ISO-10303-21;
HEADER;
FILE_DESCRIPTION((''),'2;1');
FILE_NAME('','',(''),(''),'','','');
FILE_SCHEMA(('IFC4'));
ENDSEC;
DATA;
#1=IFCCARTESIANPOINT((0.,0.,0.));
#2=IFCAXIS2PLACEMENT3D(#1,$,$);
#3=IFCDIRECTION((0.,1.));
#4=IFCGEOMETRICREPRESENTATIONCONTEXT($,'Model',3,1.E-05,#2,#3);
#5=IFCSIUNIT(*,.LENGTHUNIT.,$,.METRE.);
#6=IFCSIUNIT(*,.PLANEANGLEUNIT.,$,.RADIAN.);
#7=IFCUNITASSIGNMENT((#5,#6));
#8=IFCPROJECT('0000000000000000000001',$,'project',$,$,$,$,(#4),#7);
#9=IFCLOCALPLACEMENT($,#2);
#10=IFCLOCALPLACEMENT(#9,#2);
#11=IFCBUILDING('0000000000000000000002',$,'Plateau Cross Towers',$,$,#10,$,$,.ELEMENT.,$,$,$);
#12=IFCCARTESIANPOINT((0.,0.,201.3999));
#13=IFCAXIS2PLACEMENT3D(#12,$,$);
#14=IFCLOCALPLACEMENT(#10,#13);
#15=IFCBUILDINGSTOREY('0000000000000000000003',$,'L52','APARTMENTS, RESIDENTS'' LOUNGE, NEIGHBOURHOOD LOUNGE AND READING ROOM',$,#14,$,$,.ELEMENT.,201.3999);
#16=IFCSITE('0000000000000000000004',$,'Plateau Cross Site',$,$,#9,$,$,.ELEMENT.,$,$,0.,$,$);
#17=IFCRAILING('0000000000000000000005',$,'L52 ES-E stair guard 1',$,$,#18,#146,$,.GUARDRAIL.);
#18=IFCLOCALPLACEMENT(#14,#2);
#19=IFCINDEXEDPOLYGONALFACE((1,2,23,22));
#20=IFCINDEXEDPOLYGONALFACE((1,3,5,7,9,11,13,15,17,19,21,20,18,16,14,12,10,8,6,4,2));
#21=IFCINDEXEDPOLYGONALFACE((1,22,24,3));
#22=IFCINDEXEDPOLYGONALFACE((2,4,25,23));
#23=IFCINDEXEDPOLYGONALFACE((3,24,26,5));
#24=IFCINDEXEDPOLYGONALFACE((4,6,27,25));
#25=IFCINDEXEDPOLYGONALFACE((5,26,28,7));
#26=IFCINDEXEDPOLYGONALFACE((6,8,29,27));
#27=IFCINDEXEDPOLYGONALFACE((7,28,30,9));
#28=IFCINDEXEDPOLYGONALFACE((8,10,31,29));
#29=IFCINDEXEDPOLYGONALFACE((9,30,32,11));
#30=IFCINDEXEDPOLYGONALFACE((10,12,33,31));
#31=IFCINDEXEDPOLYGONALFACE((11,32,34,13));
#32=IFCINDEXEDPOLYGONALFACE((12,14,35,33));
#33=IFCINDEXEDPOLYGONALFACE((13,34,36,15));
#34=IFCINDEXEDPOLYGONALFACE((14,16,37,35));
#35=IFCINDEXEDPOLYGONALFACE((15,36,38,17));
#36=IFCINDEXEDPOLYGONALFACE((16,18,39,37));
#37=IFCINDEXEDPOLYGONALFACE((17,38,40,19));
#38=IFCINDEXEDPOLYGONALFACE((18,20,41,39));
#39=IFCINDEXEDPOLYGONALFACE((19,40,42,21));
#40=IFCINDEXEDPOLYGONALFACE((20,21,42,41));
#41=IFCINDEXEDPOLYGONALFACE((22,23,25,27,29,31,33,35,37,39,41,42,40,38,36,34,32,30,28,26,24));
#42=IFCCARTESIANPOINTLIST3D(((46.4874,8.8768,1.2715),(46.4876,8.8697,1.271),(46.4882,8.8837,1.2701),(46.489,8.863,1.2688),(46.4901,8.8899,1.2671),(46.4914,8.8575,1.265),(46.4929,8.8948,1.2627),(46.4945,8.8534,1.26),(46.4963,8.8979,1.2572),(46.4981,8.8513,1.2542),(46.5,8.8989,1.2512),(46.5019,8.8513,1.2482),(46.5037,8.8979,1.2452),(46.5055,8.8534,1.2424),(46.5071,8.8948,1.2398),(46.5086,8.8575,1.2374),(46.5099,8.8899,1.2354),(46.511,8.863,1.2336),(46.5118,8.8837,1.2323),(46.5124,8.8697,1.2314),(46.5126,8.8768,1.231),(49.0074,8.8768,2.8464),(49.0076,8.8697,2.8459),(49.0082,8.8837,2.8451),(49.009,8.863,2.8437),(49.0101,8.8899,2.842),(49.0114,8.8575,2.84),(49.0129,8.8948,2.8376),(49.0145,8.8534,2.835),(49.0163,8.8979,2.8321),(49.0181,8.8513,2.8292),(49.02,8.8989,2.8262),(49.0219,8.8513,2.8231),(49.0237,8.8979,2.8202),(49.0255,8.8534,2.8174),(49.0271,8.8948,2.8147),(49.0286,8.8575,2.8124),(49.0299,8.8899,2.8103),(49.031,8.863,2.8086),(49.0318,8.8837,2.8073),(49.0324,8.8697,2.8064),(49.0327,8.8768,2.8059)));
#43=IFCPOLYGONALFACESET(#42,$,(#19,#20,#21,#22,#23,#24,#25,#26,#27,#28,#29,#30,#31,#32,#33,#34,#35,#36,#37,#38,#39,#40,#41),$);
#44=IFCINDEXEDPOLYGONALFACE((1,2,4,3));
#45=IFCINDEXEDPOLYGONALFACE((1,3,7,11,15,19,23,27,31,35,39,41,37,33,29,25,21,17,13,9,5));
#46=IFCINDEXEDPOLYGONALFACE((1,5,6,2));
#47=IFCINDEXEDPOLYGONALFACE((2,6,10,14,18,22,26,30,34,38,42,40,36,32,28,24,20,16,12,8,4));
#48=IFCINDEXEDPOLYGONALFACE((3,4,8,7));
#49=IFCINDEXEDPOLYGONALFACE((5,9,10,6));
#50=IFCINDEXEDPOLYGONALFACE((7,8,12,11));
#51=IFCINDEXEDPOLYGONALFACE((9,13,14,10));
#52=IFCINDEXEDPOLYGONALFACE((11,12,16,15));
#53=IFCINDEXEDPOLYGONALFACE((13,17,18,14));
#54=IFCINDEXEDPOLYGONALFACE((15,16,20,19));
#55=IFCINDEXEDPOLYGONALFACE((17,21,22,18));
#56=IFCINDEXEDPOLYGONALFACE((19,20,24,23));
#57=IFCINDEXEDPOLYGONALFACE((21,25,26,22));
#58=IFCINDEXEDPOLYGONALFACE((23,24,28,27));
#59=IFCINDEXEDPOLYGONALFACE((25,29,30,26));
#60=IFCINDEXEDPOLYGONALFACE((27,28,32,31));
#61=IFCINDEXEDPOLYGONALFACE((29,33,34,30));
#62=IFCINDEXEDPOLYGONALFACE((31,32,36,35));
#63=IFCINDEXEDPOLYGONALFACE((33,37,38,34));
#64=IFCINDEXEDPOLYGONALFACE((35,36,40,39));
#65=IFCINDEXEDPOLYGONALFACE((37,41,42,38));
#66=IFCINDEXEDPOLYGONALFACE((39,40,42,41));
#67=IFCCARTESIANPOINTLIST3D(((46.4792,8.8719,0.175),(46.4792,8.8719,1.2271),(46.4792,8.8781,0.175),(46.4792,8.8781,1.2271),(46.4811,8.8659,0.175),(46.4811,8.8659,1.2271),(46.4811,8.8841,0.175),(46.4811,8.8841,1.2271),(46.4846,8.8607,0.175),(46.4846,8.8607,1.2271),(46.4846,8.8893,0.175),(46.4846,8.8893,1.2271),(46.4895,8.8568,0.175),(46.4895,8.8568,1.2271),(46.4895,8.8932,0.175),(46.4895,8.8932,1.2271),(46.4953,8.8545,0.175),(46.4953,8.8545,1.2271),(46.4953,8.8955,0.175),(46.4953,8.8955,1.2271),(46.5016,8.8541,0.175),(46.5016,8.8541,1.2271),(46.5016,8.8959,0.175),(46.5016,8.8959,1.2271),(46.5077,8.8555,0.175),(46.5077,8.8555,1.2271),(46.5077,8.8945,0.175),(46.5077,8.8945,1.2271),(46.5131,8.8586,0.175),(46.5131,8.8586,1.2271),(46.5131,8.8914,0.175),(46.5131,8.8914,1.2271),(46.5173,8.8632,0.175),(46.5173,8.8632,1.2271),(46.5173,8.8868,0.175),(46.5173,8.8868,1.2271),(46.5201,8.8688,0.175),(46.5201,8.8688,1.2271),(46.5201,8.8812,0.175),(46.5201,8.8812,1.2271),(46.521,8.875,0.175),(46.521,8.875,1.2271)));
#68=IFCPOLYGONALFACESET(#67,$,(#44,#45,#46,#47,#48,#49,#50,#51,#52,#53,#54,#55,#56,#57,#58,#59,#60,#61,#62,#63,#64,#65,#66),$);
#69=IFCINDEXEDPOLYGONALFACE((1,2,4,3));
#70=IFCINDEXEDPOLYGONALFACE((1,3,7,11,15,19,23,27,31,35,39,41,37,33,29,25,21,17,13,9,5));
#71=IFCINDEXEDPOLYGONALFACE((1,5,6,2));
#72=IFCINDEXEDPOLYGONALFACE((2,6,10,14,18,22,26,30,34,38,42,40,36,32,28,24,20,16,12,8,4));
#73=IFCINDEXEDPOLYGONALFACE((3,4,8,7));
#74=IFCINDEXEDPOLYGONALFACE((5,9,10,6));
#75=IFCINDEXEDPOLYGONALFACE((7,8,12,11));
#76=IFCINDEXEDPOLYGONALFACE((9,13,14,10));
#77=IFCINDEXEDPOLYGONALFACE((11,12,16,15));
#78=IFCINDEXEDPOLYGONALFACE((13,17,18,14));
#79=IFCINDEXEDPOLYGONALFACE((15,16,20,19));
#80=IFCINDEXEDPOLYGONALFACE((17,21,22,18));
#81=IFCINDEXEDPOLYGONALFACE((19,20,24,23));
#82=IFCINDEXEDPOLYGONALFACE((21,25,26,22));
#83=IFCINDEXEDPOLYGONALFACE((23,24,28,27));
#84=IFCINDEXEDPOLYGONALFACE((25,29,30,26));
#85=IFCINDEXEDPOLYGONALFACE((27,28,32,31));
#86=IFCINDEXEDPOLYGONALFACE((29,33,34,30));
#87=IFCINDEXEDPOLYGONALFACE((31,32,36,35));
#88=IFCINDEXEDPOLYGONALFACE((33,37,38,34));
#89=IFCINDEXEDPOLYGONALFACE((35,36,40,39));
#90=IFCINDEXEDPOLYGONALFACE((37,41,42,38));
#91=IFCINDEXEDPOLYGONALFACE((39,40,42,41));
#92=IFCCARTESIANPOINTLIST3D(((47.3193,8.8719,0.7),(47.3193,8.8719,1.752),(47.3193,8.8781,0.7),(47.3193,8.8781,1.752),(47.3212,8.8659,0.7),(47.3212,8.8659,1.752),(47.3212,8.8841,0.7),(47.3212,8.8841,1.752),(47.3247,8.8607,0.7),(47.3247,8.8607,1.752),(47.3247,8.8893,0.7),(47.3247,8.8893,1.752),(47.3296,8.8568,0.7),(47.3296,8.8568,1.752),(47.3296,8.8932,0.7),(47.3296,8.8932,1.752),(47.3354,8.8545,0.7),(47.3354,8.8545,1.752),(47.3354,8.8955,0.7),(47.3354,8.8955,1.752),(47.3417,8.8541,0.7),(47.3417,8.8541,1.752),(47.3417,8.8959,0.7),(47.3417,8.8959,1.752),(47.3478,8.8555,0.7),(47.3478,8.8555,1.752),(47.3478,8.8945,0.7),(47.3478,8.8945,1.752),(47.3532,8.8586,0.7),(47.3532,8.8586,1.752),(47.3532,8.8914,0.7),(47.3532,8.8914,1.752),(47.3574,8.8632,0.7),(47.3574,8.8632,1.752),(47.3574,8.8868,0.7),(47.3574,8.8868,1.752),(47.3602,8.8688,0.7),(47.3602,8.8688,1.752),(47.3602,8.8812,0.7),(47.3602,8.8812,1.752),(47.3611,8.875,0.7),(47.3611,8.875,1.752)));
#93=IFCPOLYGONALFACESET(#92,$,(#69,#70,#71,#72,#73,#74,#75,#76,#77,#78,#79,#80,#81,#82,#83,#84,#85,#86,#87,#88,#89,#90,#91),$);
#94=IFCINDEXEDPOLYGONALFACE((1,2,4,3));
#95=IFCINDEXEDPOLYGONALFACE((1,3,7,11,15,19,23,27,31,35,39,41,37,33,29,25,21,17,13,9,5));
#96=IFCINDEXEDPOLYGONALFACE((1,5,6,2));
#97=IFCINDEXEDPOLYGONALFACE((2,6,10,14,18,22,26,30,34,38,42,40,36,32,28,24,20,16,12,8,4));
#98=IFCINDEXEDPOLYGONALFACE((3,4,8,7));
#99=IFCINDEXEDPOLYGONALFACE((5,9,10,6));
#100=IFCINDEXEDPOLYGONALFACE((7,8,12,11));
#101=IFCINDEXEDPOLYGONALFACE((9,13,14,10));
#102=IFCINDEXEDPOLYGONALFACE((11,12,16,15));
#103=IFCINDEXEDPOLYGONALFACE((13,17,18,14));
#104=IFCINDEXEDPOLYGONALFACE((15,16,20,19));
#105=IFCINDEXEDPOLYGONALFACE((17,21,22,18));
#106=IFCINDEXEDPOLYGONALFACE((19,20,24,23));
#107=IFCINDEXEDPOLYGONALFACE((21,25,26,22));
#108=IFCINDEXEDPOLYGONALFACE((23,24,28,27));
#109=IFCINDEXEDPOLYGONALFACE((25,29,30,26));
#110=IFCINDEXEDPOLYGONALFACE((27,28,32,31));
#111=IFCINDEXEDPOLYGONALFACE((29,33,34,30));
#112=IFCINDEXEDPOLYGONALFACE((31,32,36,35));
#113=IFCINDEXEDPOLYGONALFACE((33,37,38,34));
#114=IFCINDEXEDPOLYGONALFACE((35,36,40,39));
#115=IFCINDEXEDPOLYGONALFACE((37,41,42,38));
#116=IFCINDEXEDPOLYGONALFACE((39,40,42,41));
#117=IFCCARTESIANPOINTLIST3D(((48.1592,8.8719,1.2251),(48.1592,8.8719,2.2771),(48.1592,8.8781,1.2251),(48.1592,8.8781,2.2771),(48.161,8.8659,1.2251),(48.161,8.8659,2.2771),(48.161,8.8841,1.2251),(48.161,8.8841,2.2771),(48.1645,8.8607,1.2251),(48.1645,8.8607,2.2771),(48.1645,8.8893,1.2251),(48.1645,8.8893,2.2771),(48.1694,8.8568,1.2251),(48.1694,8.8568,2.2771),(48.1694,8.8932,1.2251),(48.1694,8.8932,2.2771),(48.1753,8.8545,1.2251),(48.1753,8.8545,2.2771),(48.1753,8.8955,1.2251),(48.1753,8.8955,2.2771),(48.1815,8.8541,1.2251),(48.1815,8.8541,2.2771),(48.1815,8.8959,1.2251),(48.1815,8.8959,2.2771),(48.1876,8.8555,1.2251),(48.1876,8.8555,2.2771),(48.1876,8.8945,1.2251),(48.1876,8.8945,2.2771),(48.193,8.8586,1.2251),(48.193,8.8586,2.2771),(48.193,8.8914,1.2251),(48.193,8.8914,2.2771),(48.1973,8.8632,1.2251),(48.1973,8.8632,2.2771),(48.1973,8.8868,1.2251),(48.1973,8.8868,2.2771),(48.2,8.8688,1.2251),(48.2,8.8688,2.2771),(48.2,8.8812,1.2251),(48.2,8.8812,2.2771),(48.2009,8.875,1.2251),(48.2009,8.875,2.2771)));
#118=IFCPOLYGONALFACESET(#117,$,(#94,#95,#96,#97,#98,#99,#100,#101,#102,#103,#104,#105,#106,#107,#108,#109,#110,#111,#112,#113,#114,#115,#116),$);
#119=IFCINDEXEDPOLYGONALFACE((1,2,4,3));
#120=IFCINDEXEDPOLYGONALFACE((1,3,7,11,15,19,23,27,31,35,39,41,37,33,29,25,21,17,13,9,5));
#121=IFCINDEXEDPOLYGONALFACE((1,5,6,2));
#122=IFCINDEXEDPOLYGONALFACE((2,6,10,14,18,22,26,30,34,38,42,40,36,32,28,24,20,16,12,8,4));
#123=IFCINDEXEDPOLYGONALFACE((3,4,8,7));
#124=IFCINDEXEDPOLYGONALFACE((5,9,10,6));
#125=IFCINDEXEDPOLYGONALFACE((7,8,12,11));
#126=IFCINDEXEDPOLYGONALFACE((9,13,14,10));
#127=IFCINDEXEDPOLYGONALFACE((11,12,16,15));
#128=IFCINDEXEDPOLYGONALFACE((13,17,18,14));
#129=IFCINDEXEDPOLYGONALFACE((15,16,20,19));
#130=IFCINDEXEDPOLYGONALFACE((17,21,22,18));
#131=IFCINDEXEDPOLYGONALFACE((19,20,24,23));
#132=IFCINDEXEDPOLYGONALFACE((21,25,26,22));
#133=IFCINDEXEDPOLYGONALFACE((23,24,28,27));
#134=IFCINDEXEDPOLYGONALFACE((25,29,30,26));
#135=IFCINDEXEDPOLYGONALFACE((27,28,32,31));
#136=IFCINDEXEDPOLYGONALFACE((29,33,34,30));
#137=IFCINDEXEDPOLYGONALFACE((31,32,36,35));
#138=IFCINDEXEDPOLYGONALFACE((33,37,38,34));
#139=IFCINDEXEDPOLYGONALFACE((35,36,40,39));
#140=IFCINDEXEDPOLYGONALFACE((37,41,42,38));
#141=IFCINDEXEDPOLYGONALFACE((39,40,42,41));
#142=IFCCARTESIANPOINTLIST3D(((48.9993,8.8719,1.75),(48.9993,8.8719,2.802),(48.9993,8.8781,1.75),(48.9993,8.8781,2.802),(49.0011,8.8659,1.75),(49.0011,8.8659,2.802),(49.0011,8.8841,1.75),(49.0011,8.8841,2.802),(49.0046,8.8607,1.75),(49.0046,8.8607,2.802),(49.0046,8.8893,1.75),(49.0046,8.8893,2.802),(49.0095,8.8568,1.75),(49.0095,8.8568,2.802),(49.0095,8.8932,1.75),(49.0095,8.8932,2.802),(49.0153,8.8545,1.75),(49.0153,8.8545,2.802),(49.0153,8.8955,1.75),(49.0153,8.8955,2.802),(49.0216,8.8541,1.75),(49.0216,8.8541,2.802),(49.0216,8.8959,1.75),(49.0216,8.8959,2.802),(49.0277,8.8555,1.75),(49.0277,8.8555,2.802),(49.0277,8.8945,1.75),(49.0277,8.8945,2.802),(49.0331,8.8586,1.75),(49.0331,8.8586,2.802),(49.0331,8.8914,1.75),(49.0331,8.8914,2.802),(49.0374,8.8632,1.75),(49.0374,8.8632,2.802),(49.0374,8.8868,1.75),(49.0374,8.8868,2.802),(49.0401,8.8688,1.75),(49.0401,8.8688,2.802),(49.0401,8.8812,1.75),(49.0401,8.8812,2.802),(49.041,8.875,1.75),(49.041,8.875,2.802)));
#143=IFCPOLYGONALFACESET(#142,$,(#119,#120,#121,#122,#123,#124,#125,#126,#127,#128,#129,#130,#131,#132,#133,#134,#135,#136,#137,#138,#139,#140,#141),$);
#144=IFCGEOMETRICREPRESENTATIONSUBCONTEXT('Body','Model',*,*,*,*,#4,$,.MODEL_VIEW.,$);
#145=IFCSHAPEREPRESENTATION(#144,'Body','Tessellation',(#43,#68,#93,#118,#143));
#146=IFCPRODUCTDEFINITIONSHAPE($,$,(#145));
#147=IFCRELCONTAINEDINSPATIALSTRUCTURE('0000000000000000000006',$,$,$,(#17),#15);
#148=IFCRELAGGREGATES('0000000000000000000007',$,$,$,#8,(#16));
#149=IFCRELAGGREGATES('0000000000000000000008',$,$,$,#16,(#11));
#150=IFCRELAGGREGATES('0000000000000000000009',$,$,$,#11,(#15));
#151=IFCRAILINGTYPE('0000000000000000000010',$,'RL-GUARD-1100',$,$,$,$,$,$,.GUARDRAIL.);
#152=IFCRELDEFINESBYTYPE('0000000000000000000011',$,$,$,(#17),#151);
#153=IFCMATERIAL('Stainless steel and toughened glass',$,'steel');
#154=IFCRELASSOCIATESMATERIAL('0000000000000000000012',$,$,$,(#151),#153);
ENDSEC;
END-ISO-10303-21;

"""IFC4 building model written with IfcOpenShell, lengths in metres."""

from ifc_helpers import new_model, si_unit, direction, frame, origin, origin_2d, place, context, subcontext, project, spatial, circle, extrude, material, type_object, element, save


model = new_model("IFC4")

# Units and contexts
model_context = context("Model", 3, precision=1e-05, world=origin(), true_north=direction((0.0, 1.0)))
body_context = subcontext(model_context, "Body", "Model", "MODEL_VIEW")
ifc_project = project(units=[si_unit("LENGTHUNIT", "METRE"), si_unit("PLANEANGLEUNIT", "RADIAN")], contexts=[model_context])

# Site, building, storey
site_placement = place(None, origin())
site = spatial("IfcSite", under=ifc_project, at=site_placement, Name="Plateau Cross Site", CompositionType="ELEMENT", RefElevation=0.0)
building_placement = place(site_placement, origin())
building = spatial("IfcBuilding", under=site, at=building_placement, Name="Plateau Cross Towers", CompositionType="ELEMENT")
storey_placement = place(building_placement, frame((0.0, 0.0, 201.3999)))
storey = spatial("IfcBuildingStorey", under=building, at=storey_placement, Name="L52", Description="APARTMENTS, RESIDENTS' LOUNGE, NEIGHBOURHOOD LOUNGE AND READING ROOM", CompositionType="ELEMENT", Elevation=201.3999)

# Railing
ifc_material_1 = material(Name="Stainless steel and toughened glass", Category="steel")
railing_type_1 = type_object("IfcRailingType", Name="RL-GUARD-1100", PredefinedType="GUARDRAIL", material=ifc_material_1)
railing_1_placement = place(storey_placement, frame((46.5, 8.875, 0.175)))
element("IfcRailing", 1, at=railing_1_placement, inside=storey, type_object=railing_type_1, Name="L52 ES-E stair guard 1", PredefinedType="GUARDRAIL", context=body_context, shape_type="SweptSolid", body=[
    extrude(circle(Radius=0.0239, at=origin_2d()), frame((0.0, 0.0, 1.0762), z_axis=(0.848008, 0.0, 0.529984), x_axis=(0.0, 1.0, 0.0)), (0.0, 0.0, 1.0), 2.9717),
    extrude(circle(Radius=0.021, at=origin_2d()), origin(), (0.0, 0.0, 1.0), 1.052),
    extrude(circle(Radius=0.021, at=origin_2d()), frame((0.8401, 0.0, 0.5249)), (0.0, 0.0, 1.0), 1.052),
    extrude(circle(Radius=0.021, at=origin_2d()), frame((1.6799, 0.0, 1.05)), (0.0, 0.0, 1.0), 1.052),
    extrude(circle(Radius=0.021, at=origin_2d()), frame((2.52, 0.0, 1.575)), (0.0, 0.0, 1.0), 1.052),
])

save(model, "model.ifc")
